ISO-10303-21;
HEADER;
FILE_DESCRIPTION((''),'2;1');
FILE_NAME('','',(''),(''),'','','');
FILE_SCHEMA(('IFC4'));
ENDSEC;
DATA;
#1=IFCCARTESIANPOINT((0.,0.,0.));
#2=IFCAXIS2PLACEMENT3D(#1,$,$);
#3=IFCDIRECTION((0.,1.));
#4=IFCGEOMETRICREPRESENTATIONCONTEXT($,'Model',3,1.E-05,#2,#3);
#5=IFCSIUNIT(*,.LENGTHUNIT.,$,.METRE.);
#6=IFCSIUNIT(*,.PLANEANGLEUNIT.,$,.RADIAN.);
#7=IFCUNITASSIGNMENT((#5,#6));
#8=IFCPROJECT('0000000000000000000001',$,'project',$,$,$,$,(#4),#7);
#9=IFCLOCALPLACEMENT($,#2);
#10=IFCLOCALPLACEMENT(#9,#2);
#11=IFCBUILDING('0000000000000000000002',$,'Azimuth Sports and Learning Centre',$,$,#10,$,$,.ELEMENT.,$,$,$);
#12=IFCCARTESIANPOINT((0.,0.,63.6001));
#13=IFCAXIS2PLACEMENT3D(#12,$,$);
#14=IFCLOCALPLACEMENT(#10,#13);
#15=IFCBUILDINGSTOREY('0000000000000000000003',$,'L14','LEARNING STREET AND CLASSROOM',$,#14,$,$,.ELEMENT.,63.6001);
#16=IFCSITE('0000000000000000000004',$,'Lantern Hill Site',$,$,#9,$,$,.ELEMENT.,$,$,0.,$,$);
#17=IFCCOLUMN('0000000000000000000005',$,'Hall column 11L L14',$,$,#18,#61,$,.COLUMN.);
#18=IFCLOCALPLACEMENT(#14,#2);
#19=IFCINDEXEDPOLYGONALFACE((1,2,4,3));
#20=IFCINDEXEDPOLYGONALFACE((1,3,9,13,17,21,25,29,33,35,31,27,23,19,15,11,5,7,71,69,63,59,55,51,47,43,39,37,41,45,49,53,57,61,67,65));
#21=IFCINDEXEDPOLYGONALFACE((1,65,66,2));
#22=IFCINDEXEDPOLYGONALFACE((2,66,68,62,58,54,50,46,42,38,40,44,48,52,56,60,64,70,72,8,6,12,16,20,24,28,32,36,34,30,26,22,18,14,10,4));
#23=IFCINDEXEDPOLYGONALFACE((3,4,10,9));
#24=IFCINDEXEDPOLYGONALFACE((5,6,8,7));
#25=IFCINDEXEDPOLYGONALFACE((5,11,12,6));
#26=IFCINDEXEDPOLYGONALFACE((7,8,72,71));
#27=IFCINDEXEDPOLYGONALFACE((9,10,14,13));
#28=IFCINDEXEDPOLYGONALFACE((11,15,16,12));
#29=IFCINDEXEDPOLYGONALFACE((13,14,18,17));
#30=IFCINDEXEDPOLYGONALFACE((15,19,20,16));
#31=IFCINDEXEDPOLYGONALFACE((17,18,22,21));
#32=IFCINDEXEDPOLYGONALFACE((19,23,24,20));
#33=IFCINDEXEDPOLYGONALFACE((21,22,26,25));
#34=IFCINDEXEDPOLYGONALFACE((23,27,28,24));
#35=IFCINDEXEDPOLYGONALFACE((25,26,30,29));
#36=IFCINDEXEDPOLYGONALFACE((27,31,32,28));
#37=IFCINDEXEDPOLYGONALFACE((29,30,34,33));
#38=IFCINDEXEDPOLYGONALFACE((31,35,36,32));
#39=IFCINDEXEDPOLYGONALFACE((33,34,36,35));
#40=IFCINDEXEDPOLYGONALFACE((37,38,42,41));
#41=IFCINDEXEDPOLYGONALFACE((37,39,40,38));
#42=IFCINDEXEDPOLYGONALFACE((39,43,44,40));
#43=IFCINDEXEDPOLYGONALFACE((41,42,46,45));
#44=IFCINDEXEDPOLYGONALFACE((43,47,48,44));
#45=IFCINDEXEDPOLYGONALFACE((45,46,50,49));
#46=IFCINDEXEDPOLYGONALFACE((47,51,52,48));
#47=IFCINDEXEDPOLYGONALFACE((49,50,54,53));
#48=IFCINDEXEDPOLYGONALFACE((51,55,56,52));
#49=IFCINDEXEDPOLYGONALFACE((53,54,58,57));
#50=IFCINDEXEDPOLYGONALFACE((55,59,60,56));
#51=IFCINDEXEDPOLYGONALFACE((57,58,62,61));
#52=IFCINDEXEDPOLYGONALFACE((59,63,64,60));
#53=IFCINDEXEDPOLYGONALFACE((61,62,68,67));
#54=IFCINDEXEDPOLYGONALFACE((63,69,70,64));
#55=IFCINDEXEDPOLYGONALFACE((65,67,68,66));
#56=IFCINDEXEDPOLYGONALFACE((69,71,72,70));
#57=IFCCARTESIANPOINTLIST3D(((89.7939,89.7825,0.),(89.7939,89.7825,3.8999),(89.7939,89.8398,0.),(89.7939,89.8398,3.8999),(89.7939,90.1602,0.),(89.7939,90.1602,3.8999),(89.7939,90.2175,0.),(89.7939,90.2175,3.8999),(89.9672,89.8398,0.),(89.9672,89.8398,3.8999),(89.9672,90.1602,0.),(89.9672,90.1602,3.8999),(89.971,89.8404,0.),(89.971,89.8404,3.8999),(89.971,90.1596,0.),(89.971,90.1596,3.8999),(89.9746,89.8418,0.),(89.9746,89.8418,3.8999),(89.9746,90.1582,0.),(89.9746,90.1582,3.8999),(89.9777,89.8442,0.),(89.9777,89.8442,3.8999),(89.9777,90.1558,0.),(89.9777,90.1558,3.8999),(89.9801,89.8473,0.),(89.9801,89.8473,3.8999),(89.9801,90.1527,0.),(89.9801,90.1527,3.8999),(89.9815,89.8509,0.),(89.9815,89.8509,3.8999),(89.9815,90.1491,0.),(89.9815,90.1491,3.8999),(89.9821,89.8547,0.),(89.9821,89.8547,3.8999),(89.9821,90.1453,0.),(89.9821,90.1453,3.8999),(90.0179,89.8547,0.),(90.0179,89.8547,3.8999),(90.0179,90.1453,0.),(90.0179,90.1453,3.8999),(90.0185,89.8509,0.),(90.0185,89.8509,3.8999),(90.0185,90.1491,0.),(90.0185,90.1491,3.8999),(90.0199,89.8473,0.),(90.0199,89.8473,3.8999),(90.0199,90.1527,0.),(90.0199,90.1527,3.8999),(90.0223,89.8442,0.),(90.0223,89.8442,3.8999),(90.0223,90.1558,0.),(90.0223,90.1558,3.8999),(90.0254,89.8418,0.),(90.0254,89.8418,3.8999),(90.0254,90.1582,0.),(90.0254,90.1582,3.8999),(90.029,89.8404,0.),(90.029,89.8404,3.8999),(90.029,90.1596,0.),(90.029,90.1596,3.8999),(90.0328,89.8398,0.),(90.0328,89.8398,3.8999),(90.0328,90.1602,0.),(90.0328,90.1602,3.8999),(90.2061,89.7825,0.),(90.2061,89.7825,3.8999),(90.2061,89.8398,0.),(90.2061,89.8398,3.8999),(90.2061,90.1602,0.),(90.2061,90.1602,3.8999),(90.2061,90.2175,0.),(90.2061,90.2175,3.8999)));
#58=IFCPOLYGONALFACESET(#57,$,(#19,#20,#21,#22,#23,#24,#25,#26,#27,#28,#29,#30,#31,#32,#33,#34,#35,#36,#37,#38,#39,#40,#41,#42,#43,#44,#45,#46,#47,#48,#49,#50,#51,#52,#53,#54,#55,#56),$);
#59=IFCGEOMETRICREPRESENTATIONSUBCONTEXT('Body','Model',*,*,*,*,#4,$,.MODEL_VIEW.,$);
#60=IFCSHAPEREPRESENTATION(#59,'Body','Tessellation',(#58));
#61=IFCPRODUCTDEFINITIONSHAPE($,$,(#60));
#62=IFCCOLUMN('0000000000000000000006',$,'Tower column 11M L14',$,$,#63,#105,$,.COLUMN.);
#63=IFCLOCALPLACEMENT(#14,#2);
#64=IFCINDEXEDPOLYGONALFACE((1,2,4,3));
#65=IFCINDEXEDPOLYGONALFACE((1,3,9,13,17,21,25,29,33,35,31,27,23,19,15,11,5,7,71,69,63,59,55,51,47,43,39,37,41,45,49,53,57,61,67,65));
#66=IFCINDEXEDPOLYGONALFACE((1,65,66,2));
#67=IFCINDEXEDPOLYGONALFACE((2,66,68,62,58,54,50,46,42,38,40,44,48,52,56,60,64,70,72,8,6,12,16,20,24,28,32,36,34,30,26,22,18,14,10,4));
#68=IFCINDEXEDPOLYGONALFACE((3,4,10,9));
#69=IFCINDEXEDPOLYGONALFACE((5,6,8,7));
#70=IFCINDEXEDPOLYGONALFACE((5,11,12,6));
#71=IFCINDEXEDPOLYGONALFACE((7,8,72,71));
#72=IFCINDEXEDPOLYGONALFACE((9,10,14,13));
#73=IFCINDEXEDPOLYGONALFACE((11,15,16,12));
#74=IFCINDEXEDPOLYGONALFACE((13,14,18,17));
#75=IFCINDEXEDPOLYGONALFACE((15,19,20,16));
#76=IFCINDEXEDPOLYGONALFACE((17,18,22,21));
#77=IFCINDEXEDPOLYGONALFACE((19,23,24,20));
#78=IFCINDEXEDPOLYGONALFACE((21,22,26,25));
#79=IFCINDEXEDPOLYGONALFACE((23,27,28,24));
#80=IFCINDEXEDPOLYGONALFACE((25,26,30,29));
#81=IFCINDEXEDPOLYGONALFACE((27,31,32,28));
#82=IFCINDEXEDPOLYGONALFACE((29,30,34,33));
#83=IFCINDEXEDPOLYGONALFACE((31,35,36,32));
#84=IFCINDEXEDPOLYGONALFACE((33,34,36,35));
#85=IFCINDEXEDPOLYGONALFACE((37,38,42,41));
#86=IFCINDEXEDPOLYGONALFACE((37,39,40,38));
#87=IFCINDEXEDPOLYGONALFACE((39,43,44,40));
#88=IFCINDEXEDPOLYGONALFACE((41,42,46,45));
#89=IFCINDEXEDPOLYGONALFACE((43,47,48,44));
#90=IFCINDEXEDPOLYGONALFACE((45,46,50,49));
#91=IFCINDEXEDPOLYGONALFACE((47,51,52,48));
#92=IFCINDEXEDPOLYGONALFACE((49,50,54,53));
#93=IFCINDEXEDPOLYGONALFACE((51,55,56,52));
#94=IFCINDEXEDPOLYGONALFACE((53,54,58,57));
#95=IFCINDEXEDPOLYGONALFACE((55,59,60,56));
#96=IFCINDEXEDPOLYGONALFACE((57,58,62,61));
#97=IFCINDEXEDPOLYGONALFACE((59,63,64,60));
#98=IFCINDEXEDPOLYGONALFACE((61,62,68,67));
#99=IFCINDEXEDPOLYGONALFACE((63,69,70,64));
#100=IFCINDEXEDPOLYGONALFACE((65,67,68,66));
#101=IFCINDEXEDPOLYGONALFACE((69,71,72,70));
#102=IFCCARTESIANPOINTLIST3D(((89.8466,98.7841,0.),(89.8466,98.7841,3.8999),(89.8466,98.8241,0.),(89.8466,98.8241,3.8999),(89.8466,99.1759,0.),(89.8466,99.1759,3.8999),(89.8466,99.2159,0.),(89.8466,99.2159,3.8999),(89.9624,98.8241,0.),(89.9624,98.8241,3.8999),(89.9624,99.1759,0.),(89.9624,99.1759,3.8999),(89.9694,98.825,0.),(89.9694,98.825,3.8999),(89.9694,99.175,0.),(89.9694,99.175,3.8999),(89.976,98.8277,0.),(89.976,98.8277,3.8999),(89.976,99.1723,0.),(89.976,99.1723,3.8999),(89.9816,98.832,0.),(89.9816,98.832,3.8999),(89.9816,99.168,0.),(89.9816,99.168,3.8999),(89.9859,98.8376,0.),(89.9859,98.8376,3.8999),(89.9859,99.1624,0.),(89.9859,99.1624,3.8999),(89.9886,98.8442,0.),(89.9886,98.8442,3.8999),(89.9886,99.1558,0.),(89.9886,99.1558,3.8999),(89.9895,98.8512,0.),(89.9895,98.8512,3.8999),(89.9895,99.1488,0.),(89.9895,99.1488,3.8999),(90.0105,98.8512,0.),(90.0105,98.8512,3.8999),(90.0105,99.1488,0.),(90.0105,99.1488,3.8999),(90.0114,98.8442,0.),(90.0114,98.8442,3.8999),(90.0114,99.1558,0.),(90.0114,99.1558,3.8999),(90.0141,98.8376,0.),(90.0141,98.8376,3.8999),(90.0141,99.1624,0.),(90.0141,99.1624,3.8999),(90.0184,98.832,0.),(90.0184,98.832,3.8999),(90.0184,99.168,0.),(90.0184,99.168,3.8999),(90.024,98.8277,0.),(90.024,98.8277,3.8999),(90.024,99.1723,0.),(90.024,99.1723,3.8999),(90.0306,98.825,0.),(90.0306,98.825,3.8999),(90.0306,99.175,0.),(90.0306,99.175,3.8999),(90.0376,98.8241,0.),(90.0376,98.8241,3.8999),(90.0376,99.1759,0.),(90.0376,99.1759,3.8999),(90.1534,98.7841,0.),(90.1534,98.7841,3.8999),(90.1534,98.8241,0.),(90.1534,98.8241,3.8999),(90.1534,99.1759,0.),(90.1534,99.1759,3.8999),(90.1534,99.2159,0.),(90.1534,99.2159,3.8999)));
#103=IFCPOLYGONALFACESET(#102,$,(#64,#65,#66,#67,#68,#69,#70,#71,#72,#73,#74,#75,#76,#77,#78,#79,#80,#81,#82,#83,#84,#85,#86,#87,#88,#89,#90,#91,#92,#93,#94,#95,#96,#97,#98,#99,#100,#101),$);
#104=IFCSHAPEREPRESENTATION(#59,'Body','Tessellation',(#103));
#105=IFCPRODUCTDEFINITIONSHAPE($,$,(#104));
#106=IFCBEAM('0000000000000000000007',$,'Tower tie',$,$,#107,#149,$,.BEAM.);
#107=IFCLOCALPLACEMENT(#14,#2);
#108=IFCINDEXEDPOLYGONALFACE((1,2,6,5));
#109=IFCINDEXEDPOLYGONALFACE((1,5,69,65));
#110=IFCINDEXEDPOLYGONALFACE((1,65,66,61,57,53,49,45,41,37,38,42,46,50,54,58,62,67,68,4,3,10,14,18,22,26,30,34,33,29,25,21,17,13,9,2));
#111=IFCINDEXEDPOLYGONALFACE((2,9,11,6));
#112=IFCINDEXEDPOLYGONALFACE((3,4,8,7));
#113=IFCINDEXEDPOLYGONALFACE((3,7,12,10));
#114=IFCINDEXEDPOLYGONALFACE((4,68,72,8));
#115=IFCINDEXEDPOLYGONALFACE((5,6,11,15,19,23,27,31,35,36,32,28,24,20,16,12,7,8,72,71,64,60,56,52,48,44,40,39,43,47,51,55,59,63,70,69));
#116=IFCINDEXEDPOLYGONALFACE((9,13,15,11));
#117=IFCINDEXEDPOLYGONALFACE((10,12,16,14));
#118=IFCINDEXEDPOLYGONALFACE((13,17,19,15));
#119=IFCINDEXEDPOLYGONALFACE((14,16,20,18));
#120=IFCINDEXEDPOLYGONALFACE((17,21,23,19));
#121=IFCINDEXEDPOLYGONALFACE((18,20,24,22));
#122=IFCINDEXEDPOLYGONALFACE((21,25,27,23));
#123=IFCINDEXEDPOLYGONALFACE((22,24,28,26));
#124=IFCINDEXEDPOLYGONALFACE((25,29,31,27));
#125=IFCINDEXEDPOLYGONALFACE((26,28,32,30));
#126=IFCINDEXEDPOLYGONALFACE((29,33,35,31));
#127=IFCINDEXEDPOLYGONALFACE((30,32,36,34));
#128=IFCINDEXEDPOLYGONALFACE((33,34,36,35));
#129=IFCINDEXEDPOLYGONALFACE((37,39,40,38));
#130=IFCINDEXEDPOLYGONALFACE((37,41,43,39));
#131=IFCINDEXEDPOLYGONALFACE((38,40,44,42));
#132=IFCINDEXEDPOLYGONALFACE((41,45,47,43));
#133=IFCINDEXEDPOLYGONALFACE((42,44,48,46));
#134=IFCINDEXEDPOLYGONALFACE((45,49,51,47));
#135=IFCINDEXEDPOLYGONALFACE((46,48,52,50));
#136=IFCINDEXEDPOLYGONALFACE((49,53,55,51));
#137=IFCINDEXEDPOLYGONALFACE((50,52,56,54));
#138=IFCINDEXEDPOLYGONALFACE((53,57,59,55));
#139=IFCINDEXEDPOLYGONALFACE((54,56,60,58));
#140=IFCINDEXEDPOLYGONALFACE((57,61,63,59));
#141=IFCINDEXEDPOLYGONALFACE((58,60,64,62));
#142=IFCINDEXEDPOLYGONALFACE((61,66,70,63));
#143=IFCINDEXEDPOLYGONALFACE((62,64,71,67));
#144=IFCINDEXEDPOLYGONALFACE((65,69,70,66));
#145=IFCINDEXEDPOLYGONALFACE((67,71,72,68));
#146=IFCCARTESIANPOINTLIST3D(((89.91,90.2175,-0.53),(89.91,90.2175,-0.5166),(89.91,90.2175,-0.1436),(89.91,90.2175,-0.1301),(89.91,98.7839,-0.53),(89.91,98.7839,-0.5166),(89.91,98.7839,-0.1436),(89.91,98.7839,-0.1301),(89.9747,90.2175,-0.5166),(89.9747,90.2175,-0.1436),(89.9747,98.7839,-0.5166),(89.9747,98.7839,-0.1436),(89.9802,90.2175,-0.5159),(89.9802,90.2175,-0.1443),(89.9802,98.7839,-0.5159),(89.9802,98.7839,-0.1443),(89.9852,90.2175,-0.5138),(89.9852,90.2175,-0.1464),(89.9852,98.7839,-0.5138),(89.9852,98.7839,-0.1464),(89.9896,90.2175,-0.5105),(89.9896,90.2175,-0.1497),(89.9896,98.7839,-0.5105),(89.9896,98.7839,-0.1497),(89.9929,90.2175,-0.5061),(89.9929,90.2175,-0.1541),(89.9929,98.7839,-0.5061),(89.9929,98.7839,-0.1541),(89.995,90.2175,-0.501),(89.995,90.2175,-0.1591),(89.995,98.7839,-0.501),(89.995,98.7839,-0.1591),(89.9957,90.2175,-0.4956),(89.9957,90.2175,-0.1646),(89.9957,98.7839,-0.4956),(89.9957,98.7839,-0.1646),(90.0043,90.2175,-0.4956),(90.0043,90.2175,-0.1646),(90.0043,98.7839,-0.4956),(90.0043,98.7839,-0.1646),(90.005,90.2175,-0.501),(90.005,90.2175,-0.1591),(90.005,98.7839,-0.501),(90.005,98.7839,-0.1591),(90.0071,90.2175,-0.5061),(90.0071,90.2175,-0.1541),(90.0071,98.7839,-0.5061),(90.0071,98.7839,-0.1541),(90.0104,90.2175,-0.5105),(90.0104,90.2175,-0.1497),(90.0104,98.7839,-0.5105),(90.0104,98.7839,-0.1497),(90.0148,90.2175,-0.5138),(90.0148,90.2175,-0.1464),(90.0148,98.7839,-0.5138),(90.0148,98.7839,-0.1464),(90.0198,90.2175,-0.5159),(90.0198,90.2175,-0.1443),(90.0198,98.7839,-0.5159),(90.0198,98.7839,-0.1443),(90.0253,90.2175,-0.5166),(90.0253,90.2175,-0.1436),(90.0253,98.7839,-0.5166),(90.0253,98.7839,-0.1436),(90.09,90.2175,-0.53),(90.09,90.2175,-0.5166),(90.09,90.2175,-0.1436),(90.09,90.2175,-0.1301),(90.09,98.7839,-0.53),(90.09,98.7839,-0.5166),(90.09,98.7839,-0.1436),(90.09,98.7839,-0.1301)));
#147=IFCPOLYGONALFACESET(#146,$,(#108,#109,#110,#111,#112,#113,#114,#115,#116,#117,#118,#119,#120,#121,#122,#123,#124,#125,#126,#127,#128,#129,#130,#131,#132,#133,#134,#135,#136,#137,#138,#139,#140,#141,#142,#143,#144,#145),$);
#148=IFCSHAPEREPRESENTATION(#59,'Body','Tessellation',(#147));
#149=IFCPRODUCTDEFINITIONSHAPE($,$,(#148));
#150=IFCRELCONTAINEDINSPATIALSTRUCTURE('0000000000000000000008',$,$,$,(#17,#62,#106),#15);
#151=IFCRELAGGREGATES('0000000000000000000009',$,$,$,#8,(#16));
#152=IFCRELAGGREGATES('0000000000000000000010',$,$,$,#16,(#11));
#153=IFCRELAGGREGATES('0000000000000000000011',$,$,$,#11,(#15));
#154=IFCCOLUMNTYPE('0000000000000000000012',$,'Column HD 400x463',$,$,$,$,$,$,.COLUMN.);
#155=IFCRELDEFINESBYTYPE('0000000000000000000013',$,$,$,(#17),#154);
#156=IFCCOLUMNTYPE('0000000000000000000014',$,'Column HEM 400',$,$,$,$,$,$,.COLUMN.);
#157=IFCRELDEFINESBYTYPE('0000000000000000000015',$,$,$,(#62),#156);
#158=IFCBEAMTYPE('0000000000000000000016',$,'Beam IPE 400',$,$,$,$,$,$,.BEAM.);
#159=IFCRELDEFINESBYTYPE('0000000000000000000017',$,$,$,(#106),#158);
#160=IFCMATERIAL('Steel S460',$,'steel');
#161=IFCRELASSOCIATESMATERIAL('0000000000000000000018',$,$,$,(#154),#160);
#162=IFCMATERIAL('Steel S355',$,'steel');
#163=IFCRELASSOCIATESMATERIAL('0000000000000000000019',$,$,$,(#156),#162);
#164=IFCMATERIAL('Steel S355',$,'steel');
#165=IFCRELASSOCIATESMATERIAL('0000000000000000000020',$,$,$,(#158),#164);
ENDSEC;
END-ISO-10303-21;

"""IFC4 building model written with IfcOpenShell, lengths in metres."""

from ifc_helpers import new_model, si_unit, direction, frame, origin, origin_2d, place, context, subcontext, project, spatial, i_section, extrude, material, material_profile, profile_set, type_object, element, save


model = new_model("IFC4")

# Units and contexts
model_context = context("Model", 3, precision=1e-05, world=origin(), true_north=direction((0.0, 1.0)))
body_context = subcontext(model_context, "Body", "Model", "MODEL_VIEW")
ifc_project = project(units=[si_unit("LENGTHUNIT", "METRE"), si_unit("PLANEANGLEUNIT", "RADIAN")], contexts=[model_context])

# Site, building, storey
site_placement = place(None, origin())
site = spatial("IfcSite", under=ifc_project, at=site_placement, Name="Lantern Hill Site", CompositionType="ELEMENT", RefElevation=0.0)
building_placement = place(site_placement, origin())
building = spatial("IfcBuilding", under=site, at=building_placement, Name="Azimuth Sports and Learning Centre", CompositionType="ELEMENT")
storey_placement = place(building_placement, frame((0.0, 0.0, 63.6001)))
storey = spatial("IfcBuildingStorey", under=building, at=storey_placement, Name="L14", Description="LEARNING STREET AND CLASSROOM", CompositionType="ELEMENT", Elevation=63.6001)

# Columns
ifc_material_1 = material(Name="Steel S460", Category="steel")
ifc_material_profile_1 = material_profile(ifc_material_1, i_section(OverallWidth=0.4121, OverallDepth=0.4351, WebThickness=0.0359, FlangeThickness=0.0574, FilletRadius=0.0149, at=origin_2d()), Name="HD 400x463")
ifc_profile_set_1 = profile_set([ifc_material_profile_1], Name="Steel S460")
column_type_1 = type_object("IfcColumnType", Name="Column HD 400x463", PredefinedType="COLUMN", material=ifc_profile_set_1)
column_1_placement = place(storey_placement, frame((90.0, 90.0, 0.0), z_axis=(0.0, 0.0, 1.0), x_axis=(1.0, 0.0, 0.0)))
element("IfcColumn", 1, at=column_1_placement, inside=storey, type_object=column_type_1, Name="Hall column 11L L14", PredefinedType="COLUMN", context=body_context, shape_type="SweptSolid", body=[
    extrude(i_section(OverallWidth=0.4121, OverallDepth=0.4351, WebThickness=0.0359, FlangeThickness=0.0574, FilletRadius=0.0149, at=origin_2d()), origin(), (0.0, 0.0, 1.0), 3.8999),
])
ifc_material_2 = material(Name="Steel S355", Category="steel")
ifc_material_profile_2 = material_profile(ifc_material_2, i_section(OverallWidth=0.3069, OverallDepth=0.4319, WebThickness=0.021, FlangeThickness=0.04, FilletRadius=0.0271, at=origin_2d()), Name="HEM 400")
ifc_profile_set_2 = profile_set([ifc_material_profile_2], Name="Steel S355")
column_type_2 = type_object("IfcColumnType", Name="Column HEM 400", PredefinedType="COLUMN", material=ifc_profile_set_2)
column_2_placement = place(storey_placement, frame((90.0, 99.0, 0.0), z_axis=(0.0, 0.0, 1.0), x_axis=(1.0, 0.0, 0.0)))
element("IfcColumn", 2, at=column_2_placement, inside=storey, type_object=column_type_2, Name="Tower column 11M L14", PredefinedType="COLUMN", context=body_context, shape_type="SweptSolid", body=[
    extrude(i_section(OverallWidth=0.3069, OverallDepth=0.4319, WebThickness=0.021, FlangeThickness=0.04, FilletRadius=0.0271, at=origin_2d()), origin(), (0.0, 0.0, 1.0), 3.8999),
])

# Beam
ifc_material_3 = material(Name="Steel S355", Category="steel")
ifc_material_profile_3 = material_profile(ifc_material_3, i_section(OverallWidth=0.1799, OverallDepth=0.3999, WebThickness=0.0085, FlangeThickness=0.0134, FilletRadius=0.021, at=origin_2d()), Name="IPE 400")
ifc_profile_set_3 = profile_set([ifc_material_profile_3], Name="Steel S355")
beam_type_1 = type_object("IfcBeamType", Name="Beam IPE 400", PredefinedType="BEAM", material=ifc_profile_set_3)
beam_1_placement = place(storey_placement, frame((90.0, 90.2175, -0.3301), z_axis=(0.0, 1.0, 0.0), x_axis=(-1.0, 0.0, 0.0)))
element("IfcBeam", 3, at=beam_1_placement, inside=storey, type_object=beam_type_1, Name="Tower tie", PredefinedType="BEAM", context=body_context, shape_type="SweptSolid", body=[
    extrude(i_section(OverallWidth=0.1799, OverallDepth=0.3999, WebThickness=0.0085, FlangeThickness=0.0134, FilletRadius=0.021, at=origin_2d()), origin(), (0.0, 0.0, 1.0), 8.5664),
])

save(model, "model.ifc")
